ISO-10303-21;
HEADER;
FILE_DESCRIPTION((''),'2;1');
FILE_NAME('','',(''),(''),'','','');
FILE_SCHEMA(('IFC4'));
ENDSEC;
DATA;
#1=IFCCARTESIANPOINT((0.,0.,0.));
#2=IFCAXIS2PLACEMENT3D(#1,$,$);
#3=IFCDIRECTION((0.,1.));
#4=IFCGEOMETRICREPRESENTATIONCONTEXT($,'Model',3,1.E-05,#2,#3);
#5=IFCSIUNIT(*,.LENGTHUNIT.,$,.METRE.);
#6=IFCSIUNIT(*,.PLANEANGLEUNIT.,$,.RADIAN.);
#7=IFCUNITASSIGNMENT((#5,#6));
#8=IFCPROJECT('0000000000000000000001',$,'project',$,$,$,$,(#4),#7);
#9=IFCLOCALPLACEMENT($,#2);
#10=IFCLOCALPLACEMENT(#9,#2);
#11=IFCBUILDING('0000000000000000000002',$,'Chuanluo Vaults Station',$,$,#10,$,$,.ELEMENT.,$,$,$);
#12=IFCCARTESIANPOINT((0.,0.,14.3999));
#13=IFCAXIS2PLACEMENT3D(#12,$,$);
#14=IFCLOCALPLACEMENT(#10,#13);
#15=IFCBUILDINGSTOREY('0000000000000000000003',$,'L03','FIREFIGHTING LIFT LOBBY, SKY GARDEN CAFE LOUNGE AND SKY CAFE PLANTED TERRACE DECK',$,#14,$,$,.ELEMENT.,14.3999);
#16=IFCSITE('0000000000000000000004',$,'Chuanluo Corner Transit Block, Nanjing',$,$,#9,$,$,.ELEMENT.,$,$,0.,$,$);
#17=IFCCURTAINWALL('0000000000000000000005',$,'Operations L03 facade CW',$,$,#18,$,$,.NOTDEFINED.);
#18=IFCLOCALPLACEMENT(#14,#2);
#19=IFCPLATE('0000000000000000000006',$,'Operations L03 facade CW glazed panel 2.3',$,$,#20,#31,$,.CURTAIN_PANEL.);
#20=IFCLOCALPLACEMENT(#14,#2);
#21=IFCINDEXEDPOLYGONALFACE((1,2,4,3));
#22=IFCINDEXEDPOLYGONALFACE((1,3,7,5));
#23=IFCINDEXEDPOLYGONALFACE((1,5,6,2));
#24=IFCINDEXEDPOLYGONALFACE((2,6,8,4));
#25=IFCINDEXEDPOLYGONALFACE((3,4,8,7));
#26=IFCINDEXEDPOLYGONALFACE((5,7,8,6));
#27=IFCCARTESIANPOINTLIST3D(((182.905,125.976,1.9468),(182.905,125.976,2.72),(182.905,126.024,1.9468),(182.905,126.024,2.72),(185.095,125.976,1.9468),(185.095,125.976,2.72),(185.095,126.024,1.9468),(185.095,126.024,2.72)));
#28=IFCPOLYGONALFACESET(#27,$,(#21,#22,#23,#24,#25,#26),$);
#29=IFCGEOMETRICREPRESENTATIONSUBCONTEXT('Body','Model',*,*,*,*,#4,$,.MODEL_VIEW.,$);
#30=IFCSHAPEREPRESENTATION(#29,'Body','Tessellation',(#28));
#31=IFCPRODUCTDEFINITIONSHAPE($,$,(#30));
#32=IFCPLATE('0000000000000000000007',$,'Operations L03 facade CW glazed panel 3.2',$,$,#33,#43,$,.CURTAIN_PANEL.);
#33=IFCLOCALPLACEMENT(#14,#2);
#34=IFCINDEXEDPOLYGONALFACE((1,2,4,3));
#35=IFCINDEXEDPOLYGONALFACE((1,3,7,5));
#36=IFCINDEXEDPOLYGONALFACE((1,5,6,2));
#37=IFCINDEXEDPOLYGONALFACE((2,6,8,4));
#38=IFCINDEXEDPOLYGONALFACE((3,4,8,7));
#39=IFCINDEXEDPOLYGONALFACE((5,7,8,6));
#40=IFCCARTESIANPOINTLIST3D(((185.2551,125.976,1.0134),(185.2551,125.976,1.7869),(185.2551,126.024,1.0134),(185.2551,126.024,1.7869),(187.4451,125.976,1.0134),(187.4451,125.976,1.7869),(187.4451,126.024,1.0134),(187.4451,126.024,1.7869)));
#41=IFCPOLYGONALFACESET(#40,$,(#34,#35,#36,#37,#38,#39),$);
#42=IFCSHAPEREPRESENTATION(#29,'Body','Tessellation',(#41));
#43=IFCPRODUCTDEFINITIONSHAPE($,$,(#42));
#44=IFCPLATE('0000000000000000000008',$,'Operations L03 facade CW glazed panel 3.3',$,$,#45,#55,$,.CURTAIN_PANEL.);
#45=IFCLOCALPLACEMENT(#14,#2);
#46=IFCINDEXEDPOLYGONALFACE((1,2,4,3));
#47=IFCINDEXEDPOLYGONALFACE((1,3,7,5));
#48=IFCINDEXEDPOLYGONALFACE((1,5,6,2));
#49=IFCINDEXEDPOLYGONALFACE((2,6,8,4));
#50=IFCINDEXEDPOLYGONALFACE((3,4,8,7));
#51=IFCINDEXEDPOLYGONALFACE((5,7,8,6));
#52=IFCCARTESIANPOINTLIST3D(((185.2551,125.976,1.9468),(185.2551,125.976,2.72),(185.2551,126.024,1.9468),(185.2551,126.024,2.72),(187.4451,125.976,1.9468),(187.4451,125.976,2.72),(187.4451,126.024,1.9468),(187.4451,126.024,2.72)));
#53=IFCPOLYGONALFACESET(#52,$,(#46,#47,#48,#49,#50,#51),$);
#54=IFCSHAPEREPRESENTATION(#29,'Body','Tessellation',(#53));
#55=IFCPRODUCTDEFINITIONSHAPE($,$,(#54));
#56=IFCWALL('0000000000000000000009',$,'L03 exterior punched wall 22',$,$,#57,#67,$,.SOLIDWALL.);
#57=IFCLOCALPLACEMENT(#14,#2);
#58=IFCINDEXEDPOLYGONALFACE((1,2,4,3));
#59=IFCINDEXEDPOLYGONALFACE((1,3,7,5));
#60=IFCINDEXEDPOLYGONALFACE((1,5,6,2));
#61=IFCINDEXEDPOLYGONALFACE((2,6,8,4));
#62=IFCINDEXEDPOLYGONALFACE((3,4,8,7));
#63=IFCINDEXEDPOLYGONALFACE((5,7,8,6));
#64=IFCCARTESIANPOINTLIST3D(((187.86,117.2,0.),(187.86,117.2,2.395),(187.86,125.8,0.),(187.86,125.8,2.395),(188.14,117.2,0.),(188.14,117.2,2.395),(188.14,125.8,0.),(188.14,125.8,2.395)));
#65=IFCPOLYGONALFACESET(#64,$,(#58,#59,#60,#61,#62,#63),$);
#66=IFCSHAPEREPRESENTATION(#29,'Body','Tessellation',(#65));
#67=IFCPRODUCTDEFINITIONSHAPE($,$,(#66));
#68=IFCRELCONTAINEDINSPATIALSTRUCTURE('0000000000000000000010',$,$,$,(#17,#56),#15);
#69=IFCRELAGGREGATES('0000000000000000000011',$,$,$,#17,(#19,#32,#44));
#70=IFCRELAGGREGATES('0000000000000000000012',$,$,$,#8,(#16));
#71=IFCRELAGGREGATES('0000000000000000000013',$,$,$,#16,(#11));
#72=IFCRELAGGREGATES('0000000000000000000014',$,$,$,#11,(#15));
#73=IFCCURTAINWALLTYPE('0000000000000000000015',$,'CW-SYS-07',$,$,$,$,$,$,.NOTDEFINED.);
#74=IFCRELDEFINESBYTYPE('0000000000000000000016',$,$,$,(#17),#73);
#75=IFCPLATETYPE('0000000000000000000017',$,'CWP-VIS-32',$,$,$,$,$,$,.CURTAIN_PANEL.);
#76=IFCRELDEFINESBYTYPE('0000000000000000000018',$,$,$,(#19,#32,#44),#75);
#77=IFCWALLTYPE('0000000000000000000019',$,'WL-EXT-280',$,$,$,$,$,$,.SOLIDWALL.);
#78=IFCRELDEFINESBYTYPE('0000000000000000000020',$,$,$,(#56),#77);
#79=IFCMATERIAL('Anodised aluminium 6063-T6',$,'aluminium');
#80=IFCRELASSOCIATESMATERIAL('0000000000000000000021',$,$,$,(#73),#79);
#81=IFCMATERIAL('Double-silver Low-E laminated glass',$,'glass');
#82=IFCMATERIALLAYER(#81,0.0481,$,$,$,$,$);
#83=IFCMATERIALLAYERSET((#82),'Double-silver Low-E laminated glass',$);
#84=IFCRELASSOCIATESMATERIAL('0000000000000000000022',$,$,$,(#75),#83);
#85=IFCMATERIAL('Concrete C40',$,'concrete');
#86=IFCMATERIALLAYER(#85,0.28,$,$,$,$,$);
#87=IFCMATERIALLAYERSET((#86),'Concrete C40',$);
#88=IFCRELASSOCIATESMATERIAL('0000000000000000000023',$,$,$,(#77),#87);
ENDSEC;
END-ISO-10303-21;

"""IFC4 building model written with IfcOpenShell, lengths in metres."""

from ifc_helpers import new_model, si_unit, direction, frame, frame_2d, origin, origin_2d, place, context, subcontext, project, spatial, rectangle, extrude, material, layer, layer_set, type_object, element, aggregate, save


model = new_model("IFC4")

# Units and contexts
model_context = context("Model", 3, precision=1e-05, world=origin(), true_north=direction((0.0, 1.0)))
body_context = subcontext(model_context, "Body", "Model", "MODEL_VIEW")
ifc_project = project(units=[si_unit("LENGTHUNIT", "METRE"), si_unit("PLANEANGLEUNIT", "RADIAN")], contexts=[model_context])

# Site, building, storey
site_placement = place(None, origin())
site = spatial("IfcSite", under=ifc_project, at=site_placement, Name="Chuanluo Corner Transit Block, Nanjing", CompositionType="ELEMENT", RefElevation=0.0)
building_placement = place(site_placement, origin())
building = spatial("IfcBuilding", under=site, at=building_placement, Name="Chuanluo Vaults Station", CompositionType="ELEMENT")
storey_placement = place(building_placement, frame((0.0, 0.0, 14.3999)))
storey = spatial("IfcBuildingStorey", under=building, at=storey_placement, Name="L03", Description="FIREFIGHTING LIFT LOBBY, SKY GARDEN CAFE LOUNGE AND SKY CAFE PLANTED TERRACE DECK", CompositionType="ELEMENT", Elevation=14.3999)

# Curtain wall, plates
ifc_material_1 = material(Name="Anodised aluminium 6063-T6", Category="aluminium")
curtain_wall_type = type_object("IfcCurtainWallType", Name="CW-SYS-07", PredefinedType="NOTDEFINED", material=ifc_material_1)
curtain_wall_placement = place(storey_placement, origin())
curtain_wall = element("IfcCurtainWall", 1, at=curtain_wall_placement, inside=storey, type_object=curtain_wall_type, Name="Operations L03 facade CW", PredefinedType="NOTDEFINED")
ifc_material_2 = material(Name="Double-silver Low-E laminated glass", Category="glass")
ifc_layer_1 = layer(ifc_material_2, 0.0481)
ifc_layer_set_1 = layer_set([ifc_layer_1], Name="Double-silver Low-E laminated glass")
plate_type_1 = type_object("IfcPlateType", Name="CWP-VIS-32", PredefinedType="CURTAIN_PANEL", material=ifc_layer_set_1)
plate_1_placement = place(storey_placement, frame((184.0, 126.0, 1.9468), z_axis=(0.0, 0.0, 1.0), x_axis=(1.0, 0.0, 0.0)))
plate_1 = element("IfcPlate", 2, at=plate_1_placement, type_object=plate_type_1, Name="Operations L03 facade CW glazed panel 2.3", PredefinedType="CURTAIN_PANEL", context=body_context, shape_type="SweptSolid", body=[
    extrude(rectangle(XDim=2.1899, YDim=0.0481, at=origin_2d()), origin(), (0.0, 0.0, 1.0), 0.7732),
])
plate_2_placement = place(storey_placement, frame((186.3501, 126.0, 1.0134), z_axis=(0.0, 0.0, 1.0), x_axis=(1.0, 0.0, 0.0)))
plate_2 = element("IfcPlate", 3, at=plate_2_placement, type_object=plate_type_1, Name="Operations L03 facade CW glazed panel 3.2", PredefinedType="CURTAIN_PANEL", context=body_context, shape_type="SweptSolid", body=[
    extrude(rectangle(XDim=2.1899, YDim=0.0481, at=origin_2d()), origin(), (0.0, 0.0, 1.0), 0.7734),
])
plate_3_placement = place(storey_placement, frame((186.3501, 126.0, 1.9468), z_axis=(0.0, 0.0, 1.0), x_axis=(1.0, 0.0, 0.0)))
plate_3 = element("IfcPlate", 4, at=plate_3_placement, type_object=plate_type_1, Name="Operations L03 facade CW glazed panel 3.3", PredefinedType="CURTAIN_PANEL", context=body_context, shape_type="SweptSolid", body=[
    extrude(rectangle(XDim=2.1899, YDim=0.0481, at=origin_2d()), origin(), (0.0, 0.0, 1.0), 0.7732),
])
aggregate(curtain_wall, [plate_1, plate_2, plate_3])

# Wall
ifc_material_3 = material(Name="Concrete C40", Category="concrete")
ifc_layer_2 = layer(ifc_material_3, 0.28)
ifc_layer_set_2 = layer_set([ifc_layer_2], Name="Concrete C40")
wall_type = type_object("IfcWallType", Name="WL-EXT-280", PredefinedType="SOLIDWALL", material=ifc_layer_set_2)
wall_placement = place(storey_placement, frame((188.0, 125.8, 0.0), z_axis=(0.0, 0.0, 1.0), x_axis=(0.0, -1.0, 0.0)))
element("IfcWall", 5, at=wall_placement, inside=storey, type_object=wall_type, Name="L03 exterior punched wall 22", PredefinedType="SOLIDWALL", context=body_context, shape_type="SweptSolid", body=[
    extrude(rectangle(XDim=8.6001, YDim=0.28, at=frame_2d((4.3, 0.0))), origin(), (0.0, 0.0, 1.0), 2.395),
])

save(model, "model.ifc")
